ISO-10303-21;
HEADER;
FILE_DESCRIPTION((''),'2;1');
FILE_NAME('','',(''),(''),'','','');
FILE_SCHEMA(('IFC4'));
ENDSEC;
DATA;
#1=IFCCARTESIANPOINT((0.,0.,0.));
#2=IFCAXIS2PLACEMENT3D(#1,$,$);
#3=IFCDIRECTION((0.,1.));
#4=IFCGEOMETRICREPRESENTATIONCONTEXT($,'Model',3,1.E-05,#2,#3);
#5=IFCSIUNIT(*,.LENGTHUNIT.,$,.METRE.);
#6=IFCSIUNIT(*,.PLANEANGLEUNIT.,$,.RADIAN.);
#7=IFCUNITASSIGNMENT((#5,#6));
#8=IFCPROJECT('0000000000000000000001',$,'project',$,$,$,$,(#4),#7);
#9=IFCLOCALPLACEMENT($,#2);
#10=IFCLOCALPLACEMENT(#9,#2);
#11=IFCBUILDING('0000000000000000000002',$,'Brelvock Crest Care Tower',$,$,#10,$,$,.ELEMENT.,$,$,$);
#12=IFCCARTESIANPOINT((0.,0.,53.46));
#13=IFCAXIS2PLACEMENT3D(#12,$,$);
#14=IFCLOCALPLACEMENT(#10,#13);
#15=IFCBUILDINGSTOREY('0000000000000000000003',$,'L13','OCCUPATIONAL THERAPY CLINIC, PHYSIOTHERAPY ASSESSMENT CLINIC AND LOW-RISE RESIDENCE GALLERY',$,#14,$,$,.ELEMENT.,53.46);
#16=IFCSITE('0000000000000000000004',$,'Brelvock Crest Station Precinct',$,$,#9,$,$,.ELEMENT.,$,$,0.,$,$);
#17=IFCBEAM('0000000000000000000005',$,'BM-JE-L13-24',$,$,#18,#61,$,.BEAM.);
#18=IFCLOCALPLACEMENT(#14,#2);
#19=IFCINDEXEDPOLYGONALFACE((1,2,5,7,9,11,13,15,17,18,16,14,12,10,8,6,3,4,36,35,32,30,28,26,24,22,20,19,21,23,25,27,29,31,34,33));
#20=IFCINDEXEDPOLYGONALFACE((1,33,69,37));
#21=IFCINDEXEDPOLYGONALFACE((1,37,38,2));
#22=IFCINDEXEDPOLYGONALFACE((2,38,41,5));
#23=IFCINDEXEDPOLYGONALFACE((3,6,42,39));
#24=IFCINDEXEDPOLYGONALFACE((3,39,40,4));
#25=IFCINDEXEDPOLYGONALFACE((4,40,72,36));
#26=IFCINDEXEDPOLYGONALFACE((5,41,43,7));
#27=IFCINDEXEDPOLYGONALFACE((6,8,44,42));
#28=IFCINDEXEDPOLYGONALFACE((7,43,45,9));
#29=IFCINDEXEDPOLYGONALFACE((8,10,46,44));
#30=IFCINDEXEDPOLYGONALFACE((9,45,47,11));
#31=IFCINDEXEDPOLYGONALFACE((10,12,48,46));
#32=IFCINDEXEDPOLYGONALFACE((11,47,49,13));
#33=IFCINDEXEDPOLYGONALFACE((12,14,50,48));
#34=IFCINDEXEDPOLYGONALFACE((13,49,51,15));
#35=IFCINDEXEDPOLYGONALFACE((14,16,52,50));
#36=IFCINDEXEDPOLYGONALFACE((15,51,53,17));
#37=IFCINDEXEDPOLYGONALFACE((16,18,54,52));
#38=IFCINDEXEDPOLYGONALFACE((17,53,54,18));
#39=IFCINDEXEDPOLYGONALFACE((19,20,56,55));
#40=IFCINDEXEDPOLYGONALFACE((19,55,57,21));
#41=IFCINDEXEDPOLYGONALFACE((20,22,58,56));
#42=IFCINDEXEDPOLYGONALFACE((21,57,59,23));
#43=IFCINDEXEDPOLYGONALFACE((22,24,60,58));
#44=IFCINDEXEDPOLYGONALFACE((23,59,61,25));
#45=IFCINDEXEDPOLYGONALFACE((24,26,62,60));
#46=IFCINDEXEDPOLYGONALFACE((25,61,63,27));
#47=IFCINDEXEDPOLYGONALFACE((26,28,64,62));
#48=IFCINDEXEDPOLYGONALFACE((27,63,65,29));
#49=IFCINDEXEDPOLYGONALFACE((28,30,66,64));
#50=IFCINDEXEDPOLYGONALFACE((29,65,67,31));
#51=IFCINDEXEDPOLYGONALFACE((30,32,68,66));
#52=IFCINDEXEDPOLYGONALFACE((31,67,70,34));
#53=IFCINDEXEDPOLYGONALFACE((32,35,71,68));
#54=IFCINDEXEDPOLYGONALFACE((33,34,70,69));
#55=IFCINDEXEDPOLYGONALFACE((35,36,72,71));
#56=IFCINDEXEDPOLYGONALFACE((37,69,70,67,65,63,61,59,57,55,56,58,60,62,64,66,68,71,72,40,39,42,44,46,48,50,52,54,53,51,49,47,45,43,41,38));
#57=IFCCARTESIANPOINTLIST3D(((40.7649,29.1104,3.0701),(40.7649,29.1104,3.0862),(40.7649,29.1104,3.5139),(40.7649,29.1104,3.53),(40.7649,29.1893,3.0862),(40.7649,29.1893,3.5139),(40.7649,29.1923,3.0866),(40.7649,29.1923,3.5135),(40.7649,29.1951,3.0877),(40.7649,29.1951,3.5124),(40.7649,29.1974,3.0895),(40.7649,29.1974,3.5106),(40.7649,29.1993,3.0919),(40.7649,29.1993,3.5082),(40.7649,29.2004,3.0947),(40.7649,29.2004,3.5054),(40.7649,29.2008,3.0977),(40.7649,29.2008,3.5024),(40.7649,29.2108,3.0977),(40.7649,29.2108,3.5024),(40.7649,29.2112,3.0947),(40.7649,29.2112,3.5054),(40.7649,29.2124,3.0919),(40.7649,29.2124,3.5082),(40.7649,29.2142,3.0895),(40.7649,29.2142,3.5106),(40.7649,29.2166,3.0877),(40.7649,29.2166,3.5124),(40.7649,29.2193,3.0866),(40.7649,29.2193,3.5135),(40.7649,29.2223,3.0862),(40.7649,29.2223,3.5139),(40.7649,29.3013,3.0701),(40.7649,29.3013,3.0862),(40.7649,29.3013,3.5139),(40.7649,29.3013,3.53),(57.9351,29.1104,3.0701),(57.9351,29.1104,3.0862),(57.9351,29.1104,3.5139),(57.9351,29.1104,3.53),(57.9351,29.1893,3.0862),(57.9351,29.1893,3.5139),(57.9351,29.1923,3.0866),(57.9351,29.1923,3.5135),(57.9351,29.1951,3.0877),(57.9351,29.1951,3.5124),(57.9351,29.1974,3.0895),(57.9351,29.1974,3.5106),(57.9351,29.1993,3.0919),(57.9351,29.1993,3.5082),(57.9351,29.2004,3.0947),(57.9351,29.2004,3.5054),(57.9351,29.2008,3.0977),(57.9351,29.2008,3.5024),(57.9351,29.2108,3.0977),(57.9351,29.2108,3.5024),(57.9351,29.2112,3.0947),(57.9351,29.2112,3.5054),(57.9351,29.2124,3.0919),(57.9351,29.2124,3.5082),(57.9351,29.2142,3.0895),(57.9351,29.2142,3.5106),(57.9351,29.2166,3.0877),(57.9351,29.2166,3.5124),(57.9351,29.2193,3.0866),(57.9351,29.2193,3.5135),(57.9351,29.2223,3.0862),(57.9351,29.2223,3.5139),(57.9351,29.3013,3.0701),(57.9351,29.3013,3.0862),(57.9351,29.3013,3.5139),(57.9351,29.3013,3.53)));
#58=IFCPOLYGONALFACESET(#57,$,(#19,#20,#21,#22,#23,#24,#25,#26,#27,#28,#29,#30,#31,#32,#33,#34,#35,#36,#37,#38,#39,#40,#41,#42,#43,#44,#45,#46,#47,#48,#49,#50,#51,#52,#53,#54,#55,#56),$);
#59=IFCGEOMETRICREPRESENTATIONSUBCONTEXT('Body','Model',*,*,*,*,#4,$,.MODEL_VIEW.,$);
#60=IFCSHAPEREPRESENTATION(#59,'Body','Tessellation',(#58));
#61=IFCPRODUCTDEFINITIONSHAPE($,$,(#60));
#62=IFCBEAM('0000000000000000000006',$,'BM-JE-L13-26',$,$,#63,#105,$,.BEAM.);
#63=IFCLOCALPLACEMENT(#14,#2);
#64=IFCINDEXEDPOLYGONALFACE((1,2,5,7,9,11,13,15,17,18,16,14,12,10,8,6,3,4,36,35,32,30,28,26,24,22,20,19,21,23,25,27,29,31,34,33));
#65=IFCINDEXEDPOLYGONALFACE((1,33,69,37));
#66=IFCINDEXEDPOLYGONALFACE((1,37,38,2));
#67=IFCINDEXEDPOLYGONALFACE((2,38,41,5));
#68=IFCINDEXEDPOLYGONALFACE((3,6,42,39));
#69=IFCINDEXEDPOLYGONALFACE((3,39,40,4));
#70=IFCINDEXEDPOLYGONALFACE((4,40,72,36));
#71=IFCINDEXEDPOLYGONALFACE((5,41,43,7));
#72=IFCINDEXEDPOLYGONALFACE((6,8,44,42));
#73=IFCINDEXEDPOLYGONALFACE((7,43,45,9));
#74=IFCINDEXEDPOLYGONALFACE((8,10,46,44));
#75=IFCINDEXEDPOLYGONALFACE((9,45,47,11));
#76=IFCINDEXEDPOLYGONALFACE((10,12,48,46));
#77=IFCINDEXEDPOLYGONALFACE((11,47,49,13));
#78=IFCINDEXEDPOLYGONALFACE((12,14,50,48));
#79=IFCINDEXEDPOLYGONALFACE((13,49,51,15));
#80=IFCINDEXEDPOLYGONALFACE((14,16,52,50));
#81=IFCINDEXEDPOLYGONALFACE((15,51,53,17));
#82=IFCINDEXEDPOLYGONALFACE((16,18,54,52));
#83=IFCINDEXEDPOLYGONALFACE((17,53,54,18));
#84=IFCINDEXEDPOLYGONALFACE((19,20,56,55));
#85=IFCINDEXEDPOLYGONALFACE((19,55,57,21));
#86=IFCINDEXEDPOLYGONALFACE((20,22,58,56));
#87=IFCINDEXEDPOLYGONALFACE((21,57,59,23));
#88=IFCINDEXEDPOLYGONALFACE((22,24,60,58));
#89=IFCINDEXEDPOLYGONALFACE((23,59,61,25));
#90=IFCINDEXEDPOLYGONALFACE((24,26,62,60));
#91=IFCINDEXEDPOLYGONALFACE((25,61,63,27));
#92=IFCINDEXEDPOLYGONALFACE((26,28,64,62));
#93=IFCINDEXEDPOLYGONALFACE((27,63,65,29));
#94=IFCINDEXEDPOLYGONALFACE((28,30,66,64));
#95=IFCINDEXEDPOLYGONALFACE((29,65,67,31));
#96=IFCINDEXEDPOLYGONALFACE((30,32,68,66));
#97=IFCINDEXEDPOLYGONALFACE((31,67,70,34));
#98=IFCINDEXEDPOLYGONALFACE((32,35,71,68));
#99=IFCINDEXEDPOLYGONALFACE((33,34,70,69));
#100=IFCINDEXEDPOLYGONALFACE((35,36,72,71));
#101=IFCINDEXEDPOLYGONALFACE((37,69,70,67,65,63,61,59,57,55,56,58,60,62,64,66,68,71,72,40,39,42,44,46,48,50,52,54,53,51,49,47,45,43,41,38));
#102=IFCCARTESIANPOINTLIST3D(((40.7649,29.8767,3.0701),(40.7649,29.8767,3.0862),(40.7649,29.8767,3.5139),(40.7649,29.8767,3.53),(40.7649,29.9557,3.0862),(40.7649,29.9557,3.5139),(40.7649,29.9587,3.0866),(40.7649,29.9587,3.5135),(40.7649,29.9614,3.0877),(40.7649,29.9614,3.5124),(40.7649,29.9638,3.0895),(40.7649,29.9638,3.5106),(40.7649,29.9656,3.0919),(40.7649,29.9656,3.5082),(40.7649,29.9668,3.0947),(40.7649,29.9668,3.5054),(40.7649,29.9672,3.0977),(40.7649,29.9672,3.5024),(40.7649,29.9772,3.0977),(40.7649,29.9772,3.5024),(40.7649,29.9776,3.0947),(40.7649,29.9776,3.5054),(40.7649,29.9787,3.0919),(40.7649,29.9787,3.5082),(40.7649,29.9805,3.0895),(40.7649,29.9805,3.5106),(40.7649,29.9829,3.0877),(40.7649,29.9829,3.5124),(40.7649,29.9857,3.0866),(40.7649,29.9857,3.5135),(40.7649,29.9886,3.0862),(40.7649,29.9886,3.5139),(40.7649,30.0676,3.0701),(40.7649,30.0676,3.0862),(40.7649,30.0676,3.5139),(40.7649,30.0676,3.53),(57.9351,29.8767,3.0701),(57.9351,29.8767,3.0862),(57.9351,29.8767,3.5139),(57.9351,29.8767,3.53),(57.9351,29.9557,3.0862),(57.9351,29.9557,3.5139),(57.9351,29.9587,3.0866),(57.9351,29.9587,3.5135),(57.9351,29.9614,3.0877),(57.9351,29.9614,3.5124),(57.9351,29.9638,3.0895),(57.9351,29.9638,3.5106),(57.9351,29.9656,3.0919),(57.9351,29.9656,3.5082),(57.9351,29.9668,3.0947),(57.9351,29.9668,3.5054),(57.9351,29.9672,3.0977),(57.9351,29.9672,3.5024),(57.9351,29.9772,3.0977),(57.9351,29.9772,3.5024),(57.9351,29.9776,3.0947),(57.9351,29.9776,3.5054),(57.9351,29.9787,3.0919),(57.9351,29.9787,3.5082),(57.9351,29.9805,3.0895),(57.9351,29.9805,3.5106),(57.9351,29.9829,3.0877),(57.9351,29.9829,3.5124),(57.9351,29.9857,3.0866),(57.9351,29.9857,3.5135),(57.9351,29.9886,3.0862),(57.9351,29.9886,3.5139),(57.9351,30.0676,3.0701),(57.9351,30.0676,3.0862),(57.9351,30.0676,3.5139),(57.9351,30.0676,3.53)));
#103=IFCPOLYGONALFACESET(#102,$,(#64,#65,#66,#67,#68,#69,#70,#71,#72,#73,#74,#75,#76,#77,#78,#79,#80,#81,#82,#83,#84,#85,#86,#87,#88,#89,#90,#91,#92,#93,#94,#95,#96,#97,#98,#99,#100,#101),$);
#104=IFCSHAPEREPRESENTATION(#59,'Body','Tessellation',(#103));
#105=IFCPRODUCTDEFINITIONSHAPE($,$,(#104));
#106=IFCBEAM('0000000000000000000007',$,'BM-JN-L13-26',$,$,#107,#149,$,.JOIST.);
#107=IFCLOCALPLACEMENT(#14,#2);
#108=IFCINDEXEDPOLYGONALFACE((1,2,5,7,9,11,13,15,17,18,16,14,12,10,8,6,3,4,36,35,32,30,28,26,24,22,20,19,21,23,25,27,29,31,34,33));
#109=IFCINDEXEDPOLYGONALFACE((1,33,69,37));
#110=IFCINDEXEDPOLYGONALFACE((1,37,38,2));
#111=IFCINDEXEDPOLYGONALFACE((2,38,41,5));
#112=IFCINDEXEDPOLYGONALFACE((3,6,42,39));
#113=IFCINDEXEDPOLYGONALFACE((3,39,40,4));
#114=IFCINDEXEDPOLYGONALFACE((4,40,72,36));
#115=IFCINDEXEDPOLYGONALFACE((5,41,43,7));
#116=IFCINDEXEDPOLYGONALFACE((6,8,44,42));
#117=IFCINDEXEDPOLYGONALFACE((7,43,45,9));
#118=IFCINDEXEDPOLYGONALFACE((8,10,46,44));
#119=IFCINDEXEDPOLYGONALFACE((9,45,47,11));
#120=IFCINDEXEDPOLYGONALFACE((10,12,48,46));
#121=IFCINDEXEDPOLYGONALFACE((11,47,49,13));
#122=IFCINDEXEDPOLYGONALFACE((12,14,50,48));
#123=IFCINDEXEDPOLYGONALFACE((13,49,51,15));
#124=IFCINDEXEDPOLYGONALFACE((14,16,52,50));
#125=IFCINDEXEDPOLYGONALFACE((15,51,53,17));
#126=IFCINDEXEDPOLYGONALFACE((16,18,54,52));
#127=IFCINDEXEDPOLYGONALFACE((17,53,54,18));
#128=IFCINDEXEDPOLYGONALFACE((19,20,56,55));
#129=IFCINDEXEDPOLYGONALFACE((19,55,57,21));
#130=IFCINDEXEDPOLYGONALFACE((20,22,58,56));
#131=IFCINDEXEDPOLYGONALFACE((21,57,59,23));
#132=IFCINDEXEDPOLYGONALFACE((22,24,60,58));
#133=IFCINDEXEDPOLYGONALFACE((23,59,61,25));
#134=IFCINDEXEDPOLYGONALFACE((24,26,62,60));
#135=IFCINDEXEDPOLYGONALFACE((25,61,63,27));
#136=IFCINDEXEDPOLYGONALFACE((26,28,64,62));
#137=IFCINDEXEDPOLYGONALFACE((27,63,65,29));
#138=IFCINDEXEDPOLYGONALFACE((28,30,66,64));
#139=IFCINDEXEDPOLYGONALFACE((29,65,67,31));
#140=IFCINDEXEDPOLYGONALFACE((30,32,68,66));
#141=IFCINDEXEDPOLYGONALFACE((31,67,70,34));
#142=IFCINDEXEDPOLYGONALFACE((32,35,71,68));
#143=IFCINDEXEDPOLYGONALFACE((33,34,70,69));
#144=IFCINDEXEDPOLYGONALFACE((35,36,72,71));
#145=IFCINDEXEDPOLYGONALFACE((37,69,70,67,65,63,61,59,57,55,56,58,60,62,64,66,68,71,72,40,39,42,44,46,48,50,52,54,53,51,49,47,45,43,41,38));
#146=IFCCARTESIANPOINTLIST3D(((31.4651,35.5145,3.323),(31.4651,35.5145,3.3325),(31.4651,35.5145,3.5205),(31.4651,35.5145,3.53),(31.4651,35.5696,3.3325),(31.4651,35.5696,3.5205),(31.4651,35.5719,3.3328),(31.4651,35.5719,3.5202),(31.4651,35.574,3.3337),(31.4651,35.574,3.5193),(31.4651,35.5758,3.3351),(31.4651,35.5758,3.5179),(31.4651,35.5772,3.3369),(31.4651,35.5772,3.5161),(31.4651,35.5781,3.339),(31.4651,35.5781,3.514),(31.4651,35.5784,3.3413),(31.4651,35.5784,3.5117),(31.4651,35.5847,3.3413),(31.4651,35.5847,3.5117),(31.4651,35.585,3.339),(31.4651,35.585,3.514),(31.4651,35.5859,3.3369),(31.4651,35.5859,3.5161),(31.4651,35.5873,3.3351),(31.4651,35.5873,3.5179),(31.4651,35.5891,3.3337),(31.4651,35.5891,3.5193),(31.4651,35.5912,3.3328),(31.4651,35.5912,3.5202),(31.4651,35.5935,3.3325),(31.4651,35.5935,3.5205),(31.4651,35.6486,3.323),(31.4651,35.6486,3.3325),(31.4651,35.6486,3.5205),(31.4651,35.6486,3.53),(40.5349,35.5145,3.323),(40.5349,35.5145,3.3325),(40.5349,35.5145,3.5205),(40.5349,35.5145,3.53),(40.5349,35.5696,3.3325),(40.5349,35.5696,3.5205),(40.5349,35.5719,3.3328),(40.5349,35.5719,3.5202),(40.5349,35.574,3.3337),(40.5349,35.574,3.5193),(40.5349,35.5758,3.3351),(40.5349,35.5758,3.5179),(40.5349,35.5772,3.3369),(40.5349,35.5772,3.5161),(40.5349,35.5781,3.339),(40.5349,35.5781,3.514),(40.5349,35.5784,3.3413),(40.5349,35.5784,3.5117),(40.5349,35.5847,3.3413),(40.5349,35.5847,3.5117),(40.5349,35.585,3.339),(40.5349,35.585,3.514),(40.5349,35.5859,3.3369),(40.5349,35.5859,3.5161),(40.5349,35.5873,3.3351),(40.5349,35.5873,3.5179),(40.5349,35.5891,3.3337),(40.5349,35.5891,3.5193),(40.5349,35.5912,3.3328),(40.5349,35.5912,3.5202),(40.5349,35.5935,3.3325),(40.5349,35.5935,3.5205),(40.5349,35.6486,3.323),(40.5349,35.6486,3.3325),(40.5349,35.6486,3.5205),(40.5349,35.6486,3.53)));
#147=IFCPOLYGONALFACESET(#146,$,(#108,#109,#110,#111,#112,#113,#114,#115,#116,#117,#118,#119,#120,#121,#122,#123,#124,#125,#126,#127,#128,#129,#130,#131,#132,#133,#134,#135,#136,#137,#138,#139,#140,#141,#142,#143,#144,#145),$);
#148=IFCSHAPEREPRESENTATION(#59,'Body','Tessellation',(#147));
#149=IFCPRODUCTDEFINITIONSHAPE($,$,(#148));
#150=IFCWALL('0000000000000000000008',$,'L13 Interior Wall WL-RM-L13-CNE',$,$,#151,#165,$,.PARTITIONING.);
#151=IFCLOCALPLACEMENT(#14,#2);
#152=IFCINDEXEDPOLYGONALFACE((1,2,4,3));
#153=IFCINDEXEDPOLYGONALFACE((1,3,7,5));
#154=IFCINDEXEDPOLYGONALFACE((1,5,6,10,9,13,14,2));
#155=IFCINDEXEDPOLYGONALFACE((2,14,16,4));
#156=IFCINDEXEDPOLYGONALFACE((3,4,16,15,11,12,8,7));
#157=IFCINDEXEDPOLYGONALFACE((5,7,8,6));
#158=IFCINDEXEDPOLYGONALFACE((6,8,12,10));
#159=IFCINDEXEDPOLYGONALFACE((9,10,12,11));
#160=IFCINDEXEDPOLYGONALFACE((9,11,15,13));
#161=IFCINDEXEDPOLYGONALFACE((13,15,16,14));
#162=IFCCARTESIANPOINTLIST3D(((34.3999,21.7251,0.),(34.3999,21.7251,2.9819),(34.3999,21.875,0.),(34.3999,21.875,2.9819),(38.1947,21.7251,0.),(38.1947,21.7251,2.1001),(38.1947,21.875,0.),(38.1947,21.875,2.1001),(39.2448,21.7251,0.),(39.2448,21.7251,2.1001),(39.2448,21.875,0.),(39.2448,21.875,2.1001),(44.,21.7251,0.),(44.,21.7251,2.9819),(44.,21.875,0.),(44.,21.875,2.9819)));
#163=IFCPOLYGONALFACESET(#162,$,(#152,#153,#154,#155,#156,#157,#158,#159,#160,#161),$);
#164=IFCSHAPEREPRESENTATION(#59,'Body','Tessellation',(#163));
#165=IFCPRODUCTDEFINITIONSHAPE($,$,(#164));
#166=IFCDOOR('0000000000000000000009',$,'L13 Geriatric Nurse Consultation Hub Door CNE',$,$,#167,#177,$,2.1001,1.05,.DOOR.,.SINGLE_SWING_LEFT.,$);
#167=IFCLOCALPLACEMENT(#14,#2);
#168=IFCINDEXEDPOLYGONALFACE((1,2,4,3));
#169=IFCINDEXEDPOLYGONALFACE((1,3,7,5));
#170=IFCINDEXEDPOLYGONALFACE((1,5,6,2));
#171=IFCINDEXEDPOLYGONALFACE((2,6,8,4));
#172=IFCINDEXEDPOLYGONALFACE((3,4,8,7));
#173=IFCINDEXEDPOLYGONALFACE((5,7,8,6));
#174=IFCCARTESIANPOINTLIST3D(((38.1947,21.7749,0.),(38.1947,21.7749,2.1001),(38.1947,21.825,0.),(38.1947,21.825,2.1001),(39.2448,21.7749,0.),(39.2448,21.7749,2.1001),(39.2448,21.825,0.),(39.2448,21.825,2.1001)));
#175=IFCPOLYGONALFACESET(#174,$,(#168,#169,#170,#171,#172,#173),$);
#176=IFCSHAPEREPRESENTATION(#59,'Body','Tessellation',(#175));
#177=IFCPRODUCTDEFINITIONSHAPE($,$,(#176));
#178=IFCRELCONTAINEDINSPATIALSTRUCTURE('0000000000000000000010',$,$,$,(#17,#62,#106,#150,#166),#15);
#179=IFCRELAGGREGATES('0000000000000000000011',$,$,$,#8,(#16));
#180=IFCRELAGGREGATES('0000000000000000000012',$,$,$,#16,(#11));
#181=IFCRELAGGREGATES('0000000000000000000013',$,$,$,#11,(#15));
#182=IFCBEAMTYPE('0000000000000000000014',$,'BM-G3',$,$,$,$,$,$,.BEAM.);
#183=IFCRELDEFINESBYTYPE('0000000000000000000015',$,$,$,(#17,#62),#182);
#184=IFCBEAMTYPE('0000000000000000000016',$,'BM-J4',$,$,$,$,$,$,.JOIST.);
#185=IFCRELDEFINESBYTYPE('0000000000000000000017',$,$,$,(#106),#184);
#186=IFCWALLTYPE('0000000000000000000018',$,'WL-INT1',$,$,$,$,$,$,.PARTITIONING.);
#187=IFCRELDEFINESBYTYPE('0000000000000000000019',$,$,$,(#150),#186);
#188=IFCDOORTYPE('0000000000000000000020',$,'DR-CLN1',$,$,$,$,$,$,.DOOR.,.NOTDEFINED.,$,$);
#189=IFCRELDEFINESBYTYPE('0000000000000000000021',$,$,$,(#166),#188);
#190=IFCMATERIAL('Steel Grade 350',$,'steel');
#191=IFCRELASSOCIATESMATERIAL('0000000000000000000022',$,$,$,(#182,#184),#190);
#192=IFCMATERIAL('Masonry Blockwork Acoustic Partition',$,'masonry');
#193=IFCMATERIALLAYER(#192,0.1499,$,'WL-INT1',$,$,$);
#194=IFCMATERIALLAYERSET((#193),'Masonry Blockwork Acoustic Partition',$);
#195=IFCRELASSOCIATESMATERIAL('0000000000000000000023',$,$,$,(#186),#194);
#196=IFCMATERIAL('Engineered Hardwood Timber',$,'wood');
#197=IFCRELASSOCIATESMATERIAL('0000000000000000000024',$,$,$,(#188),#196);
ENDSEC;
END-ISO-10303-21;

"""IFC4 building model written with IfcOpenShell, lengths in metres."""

from ifc_helpers import new_model, si_unit, direction, frame, frame_2d, origin, origin_2d, place, context, subcontext, project, spatial, rectangle, i_section, extrude, source, transform, mapped, material, layer, layer_set, material_profile, profile_set, type_object, element, fill, save


model = new_model("IFC4")

# Units and contexts
model_context = context("Model", 3, precision=1e-05, world=origin(), true_north=direction((0.0, 1.0)))
body_context = subcontext(model_context, "Body", "Model", "MODEL_VIEW")
ifc_project = project(units=[si_unit("LENGTHUNIT", "METRE"), si_unit("PLANEANGLEUNIT", "RADIAN")], contexts=[model_context])

# Site, building, storey
site_placement = place(None, origin())
site = spatial("IfcSite", under=ifc_project, at=site_placement, Name="Brelvock Crest Station Precinct", CompositionType="ELEMENT", RefElevation=0.0)
building_placement = place(site_placement, origin())
building = spatial("IfcBuilding", under=site, at=building_placement, Name="Brelvock Crest Care Tower", CompositionType="ELEMENT")
storey_placement = place(building_placement, frame((0.0, 0.0, 53.46)))
storey = spatial("IfcBuildingStorey", under=building, at=storey_placement, Name="L13", Description="OCCUPATIONAL THERAPY CLINIC, PHYSIOTHERAPY ASSESSMENT CLINIC AND LOW-RISE RESIDENCE GALLERY", CompositionType="ELEMENT", Elevation=53.46)

# Shared definitions
ifc_material_1 = material(Name="Steel Grade 350", Category="steel")

# Beams
ifc_material_profile_1 = material_profile(ifc_material_1, i_section(OverallWidth=0.1909, OverallDepth=0.46, WebThickness=0.01, FlangeThickness=0.0161, FilletRadius=0.0115, at=origin_2d()), Name="460UB82.1")
ifc_profile_set_1 = profile_set([ifc_material_profile_1], Name="Steel Grade 350")
beam_type_1 = type_object("IfcBeamType", Name="BM-G3", PredefinedType="BEAM", material=ifc_profile_set_1)
shared_shape_1 = source(origin(), body_context, "Body", "SweptSolid", [
    extrude(i_section(OverallWidth=0.1909, OverallDepth=0.46, WebThickness=0.01, FlangeThickness=0.0161, FilletRadius=0.0115, at=origin_2d()), origin(), (0.0, 0.0, 1.0), 17.1702),
])
for number, where, z_axis, x_axis, name in (
    (1, (40.7649, 29.2058, 3.3), (1.0, 0.0, 0.0), (0.0, 1.0, 0.0), "BM-JE-L13-24"),
    (2, (40.7649, 29.9722, 3.3), (1.0, 0.0, 0.0), (0.0, 1.0, 0.0), "BM-JE-L13-26"),
):
    element("IfcBeam", number, at=place(storey_placement, frame(where, z_axis=z_axis, x_axis=x_axis)), inside=storey, type_object=beam_type_1, Name=name, PredefinedType="BEAM", context=body_context, shape_type="MappedRepresentation", body=[
        mapped(shared_shape_1, transform((0.0, 0.0, 0.0), x_axis=(1.0, 0.0, 0.0), y_axis=(0.0, 1.0, 0.0), z_axis=(0.0, 0.0, 1.0), scale=1.0)),
    ])
ifc_material_profile_2 = material_profile(ifc_material_1, i_section(OverallWidth=0.134, OverallDepth=0.207, WebThickness=0.0063, FlangeThickness=0.0095, FilletRadius=0.0088, at=origin_2d()), Name="200UB29.8")
ifc_profile_set_2 = profile_set([ifc_material_profile_2], Name="Steel Grade 350")
beam_type_2 = type_object("IfcBeamType", Name="BM-J4", PredefinedType="JOIST", material=ifc_profile_set_2)
shared_shape_2 = source(origin(), body_context, "Body", "SweptSolid", [
    extrude(i_section(OverallWidth=0.134, OverallDepth=0.207, WebThickness=0.0063, FlangeThickness=0.0095, FilletRadius=0.0088, at=origin_2d()), origin(), (0.0, 0.0, 1.0), 9.0698),
])
beam_1_placement = place(storey_placement, frame((31.4651, 35.5815, 3.4265), z_axis=(1.0, 0.0, 0.0), x_axis=(0.0, 1.0, 0.0)))
element("IfcBeam", 3, at=beam_1_placement, inside=storey, type_object=beam_type_2, Name="BM-JN-L13-26", PredefinedType="JOIST", context=body_context, shape_type="MappedRepresentation", body=[
    mapped(shared_shape_2, transform((0.0, 0.0, 0.0), x_axis=(1.0, 0.0, 0.0), y_axis=(0.0, 1.0, 0.0), z_axis=(0.0, 0.0, 1.0), scale=1.0)),
])

# Wall, opening, door
ifc_material_2 = material(Name="Masonry Blockwork Acoustic Partition", Category="masonry")
ifc_layer = layer(ifc_material_2, 0.1499, Name="WL-INT1")
ifc_layer_set = layer_set([ifc_layer], Name="Masonry Blockwork Acoustic Partition")
wall_type = type_object("IfcWallType", Name="WL-INT1", PredefinedType="PARTITIONING", material=ifc_layer_set)
wall_1_placement = place(storey_placement, frame((34.3999, 21.8, 0.0), z_axis=(0.0, 0.0, 1.0), x_axis=(1.0, 0.0, 0.0)))
wall_1 = element("IfcWall", 4, at=wall_1_placement, inside=storey, type_object=wall_type, Name="L13 Interior Wall WL-RM-L13-CNE", PredefinedType="PARTITIONING", context=body_context, shape_type="SweptSolid", body=[
    extrude(rectangle(XDim=9.6001, YDim=0.1499, at=frame_2d((4.8, 0.0))), origin(), (0.0, 0.0, 1.0), 2.9819),
])
opening_placement = place(wall_1_placement, frame((3.7949, 0.0, 0.0)))
opening = element("IfcOpeningElement", 5, at=opening_placement, cuts=wall_1, PredefinedType="OPENING", context=body_context, shape_type="SweptSolid", body=[
    extrude(rectangle(XDim=1.05, YDim=2.1001, at=origin_2d()), frame((0.5249, 0.085, 1.05), z_axis=(0.0, -1.0, 0.0), x_axis=(1.0, 0.0, 0.0)), (0.0, 0.0, 1.0), 0.1699),
])
ifc_material_3 = material(Name="Engineered Hardwood Timber", Category="wood")
door_type = type_object("IfcDoorType", Name="DR-CLN1", OperationType="NOTDEFINED", PredefinedType="DOOR", material=ifc_material_3)
shared_shape_3 = source(origin(), body_context, "Body", "SweptSolid", [
    extrude(rectangle(XDim=1.05, YDim=2.1001, at=origin_2d()), frame((0.5249, 0.0249, 1.05), z_axis=(0.0, -1.0, 0.0), x_axis=(1.0, 0.0, 0.0)), (0.0, 0.0, 1.0), 0.05),
])
door_placement = place(opening_placement, origin())
door = element("IfcDoor", 6, at=door_placement, inside=storey, type_object=door_type, Name="L13 Geriatric Nurse Consultation Hub Door CNE", OperationType="SINGLE_SWING_LEFT", OverallHeight=2.1001, OverallWidth=1.05, PredefinedType="DOOR", context=body_context, shape_type="MappedRepresentation", body=[
    mapped(shared_shape_3, transform((0.0, 0.0, 0.0), x_axis=(1.0, 0.0, 0.0), y_axis=(0.0, 1.0, 0.0), z_axis=(0.0, 0.0, 1.0), scale=1.0)),
])
fill(opening, door)

save(model, "model.ifc")
